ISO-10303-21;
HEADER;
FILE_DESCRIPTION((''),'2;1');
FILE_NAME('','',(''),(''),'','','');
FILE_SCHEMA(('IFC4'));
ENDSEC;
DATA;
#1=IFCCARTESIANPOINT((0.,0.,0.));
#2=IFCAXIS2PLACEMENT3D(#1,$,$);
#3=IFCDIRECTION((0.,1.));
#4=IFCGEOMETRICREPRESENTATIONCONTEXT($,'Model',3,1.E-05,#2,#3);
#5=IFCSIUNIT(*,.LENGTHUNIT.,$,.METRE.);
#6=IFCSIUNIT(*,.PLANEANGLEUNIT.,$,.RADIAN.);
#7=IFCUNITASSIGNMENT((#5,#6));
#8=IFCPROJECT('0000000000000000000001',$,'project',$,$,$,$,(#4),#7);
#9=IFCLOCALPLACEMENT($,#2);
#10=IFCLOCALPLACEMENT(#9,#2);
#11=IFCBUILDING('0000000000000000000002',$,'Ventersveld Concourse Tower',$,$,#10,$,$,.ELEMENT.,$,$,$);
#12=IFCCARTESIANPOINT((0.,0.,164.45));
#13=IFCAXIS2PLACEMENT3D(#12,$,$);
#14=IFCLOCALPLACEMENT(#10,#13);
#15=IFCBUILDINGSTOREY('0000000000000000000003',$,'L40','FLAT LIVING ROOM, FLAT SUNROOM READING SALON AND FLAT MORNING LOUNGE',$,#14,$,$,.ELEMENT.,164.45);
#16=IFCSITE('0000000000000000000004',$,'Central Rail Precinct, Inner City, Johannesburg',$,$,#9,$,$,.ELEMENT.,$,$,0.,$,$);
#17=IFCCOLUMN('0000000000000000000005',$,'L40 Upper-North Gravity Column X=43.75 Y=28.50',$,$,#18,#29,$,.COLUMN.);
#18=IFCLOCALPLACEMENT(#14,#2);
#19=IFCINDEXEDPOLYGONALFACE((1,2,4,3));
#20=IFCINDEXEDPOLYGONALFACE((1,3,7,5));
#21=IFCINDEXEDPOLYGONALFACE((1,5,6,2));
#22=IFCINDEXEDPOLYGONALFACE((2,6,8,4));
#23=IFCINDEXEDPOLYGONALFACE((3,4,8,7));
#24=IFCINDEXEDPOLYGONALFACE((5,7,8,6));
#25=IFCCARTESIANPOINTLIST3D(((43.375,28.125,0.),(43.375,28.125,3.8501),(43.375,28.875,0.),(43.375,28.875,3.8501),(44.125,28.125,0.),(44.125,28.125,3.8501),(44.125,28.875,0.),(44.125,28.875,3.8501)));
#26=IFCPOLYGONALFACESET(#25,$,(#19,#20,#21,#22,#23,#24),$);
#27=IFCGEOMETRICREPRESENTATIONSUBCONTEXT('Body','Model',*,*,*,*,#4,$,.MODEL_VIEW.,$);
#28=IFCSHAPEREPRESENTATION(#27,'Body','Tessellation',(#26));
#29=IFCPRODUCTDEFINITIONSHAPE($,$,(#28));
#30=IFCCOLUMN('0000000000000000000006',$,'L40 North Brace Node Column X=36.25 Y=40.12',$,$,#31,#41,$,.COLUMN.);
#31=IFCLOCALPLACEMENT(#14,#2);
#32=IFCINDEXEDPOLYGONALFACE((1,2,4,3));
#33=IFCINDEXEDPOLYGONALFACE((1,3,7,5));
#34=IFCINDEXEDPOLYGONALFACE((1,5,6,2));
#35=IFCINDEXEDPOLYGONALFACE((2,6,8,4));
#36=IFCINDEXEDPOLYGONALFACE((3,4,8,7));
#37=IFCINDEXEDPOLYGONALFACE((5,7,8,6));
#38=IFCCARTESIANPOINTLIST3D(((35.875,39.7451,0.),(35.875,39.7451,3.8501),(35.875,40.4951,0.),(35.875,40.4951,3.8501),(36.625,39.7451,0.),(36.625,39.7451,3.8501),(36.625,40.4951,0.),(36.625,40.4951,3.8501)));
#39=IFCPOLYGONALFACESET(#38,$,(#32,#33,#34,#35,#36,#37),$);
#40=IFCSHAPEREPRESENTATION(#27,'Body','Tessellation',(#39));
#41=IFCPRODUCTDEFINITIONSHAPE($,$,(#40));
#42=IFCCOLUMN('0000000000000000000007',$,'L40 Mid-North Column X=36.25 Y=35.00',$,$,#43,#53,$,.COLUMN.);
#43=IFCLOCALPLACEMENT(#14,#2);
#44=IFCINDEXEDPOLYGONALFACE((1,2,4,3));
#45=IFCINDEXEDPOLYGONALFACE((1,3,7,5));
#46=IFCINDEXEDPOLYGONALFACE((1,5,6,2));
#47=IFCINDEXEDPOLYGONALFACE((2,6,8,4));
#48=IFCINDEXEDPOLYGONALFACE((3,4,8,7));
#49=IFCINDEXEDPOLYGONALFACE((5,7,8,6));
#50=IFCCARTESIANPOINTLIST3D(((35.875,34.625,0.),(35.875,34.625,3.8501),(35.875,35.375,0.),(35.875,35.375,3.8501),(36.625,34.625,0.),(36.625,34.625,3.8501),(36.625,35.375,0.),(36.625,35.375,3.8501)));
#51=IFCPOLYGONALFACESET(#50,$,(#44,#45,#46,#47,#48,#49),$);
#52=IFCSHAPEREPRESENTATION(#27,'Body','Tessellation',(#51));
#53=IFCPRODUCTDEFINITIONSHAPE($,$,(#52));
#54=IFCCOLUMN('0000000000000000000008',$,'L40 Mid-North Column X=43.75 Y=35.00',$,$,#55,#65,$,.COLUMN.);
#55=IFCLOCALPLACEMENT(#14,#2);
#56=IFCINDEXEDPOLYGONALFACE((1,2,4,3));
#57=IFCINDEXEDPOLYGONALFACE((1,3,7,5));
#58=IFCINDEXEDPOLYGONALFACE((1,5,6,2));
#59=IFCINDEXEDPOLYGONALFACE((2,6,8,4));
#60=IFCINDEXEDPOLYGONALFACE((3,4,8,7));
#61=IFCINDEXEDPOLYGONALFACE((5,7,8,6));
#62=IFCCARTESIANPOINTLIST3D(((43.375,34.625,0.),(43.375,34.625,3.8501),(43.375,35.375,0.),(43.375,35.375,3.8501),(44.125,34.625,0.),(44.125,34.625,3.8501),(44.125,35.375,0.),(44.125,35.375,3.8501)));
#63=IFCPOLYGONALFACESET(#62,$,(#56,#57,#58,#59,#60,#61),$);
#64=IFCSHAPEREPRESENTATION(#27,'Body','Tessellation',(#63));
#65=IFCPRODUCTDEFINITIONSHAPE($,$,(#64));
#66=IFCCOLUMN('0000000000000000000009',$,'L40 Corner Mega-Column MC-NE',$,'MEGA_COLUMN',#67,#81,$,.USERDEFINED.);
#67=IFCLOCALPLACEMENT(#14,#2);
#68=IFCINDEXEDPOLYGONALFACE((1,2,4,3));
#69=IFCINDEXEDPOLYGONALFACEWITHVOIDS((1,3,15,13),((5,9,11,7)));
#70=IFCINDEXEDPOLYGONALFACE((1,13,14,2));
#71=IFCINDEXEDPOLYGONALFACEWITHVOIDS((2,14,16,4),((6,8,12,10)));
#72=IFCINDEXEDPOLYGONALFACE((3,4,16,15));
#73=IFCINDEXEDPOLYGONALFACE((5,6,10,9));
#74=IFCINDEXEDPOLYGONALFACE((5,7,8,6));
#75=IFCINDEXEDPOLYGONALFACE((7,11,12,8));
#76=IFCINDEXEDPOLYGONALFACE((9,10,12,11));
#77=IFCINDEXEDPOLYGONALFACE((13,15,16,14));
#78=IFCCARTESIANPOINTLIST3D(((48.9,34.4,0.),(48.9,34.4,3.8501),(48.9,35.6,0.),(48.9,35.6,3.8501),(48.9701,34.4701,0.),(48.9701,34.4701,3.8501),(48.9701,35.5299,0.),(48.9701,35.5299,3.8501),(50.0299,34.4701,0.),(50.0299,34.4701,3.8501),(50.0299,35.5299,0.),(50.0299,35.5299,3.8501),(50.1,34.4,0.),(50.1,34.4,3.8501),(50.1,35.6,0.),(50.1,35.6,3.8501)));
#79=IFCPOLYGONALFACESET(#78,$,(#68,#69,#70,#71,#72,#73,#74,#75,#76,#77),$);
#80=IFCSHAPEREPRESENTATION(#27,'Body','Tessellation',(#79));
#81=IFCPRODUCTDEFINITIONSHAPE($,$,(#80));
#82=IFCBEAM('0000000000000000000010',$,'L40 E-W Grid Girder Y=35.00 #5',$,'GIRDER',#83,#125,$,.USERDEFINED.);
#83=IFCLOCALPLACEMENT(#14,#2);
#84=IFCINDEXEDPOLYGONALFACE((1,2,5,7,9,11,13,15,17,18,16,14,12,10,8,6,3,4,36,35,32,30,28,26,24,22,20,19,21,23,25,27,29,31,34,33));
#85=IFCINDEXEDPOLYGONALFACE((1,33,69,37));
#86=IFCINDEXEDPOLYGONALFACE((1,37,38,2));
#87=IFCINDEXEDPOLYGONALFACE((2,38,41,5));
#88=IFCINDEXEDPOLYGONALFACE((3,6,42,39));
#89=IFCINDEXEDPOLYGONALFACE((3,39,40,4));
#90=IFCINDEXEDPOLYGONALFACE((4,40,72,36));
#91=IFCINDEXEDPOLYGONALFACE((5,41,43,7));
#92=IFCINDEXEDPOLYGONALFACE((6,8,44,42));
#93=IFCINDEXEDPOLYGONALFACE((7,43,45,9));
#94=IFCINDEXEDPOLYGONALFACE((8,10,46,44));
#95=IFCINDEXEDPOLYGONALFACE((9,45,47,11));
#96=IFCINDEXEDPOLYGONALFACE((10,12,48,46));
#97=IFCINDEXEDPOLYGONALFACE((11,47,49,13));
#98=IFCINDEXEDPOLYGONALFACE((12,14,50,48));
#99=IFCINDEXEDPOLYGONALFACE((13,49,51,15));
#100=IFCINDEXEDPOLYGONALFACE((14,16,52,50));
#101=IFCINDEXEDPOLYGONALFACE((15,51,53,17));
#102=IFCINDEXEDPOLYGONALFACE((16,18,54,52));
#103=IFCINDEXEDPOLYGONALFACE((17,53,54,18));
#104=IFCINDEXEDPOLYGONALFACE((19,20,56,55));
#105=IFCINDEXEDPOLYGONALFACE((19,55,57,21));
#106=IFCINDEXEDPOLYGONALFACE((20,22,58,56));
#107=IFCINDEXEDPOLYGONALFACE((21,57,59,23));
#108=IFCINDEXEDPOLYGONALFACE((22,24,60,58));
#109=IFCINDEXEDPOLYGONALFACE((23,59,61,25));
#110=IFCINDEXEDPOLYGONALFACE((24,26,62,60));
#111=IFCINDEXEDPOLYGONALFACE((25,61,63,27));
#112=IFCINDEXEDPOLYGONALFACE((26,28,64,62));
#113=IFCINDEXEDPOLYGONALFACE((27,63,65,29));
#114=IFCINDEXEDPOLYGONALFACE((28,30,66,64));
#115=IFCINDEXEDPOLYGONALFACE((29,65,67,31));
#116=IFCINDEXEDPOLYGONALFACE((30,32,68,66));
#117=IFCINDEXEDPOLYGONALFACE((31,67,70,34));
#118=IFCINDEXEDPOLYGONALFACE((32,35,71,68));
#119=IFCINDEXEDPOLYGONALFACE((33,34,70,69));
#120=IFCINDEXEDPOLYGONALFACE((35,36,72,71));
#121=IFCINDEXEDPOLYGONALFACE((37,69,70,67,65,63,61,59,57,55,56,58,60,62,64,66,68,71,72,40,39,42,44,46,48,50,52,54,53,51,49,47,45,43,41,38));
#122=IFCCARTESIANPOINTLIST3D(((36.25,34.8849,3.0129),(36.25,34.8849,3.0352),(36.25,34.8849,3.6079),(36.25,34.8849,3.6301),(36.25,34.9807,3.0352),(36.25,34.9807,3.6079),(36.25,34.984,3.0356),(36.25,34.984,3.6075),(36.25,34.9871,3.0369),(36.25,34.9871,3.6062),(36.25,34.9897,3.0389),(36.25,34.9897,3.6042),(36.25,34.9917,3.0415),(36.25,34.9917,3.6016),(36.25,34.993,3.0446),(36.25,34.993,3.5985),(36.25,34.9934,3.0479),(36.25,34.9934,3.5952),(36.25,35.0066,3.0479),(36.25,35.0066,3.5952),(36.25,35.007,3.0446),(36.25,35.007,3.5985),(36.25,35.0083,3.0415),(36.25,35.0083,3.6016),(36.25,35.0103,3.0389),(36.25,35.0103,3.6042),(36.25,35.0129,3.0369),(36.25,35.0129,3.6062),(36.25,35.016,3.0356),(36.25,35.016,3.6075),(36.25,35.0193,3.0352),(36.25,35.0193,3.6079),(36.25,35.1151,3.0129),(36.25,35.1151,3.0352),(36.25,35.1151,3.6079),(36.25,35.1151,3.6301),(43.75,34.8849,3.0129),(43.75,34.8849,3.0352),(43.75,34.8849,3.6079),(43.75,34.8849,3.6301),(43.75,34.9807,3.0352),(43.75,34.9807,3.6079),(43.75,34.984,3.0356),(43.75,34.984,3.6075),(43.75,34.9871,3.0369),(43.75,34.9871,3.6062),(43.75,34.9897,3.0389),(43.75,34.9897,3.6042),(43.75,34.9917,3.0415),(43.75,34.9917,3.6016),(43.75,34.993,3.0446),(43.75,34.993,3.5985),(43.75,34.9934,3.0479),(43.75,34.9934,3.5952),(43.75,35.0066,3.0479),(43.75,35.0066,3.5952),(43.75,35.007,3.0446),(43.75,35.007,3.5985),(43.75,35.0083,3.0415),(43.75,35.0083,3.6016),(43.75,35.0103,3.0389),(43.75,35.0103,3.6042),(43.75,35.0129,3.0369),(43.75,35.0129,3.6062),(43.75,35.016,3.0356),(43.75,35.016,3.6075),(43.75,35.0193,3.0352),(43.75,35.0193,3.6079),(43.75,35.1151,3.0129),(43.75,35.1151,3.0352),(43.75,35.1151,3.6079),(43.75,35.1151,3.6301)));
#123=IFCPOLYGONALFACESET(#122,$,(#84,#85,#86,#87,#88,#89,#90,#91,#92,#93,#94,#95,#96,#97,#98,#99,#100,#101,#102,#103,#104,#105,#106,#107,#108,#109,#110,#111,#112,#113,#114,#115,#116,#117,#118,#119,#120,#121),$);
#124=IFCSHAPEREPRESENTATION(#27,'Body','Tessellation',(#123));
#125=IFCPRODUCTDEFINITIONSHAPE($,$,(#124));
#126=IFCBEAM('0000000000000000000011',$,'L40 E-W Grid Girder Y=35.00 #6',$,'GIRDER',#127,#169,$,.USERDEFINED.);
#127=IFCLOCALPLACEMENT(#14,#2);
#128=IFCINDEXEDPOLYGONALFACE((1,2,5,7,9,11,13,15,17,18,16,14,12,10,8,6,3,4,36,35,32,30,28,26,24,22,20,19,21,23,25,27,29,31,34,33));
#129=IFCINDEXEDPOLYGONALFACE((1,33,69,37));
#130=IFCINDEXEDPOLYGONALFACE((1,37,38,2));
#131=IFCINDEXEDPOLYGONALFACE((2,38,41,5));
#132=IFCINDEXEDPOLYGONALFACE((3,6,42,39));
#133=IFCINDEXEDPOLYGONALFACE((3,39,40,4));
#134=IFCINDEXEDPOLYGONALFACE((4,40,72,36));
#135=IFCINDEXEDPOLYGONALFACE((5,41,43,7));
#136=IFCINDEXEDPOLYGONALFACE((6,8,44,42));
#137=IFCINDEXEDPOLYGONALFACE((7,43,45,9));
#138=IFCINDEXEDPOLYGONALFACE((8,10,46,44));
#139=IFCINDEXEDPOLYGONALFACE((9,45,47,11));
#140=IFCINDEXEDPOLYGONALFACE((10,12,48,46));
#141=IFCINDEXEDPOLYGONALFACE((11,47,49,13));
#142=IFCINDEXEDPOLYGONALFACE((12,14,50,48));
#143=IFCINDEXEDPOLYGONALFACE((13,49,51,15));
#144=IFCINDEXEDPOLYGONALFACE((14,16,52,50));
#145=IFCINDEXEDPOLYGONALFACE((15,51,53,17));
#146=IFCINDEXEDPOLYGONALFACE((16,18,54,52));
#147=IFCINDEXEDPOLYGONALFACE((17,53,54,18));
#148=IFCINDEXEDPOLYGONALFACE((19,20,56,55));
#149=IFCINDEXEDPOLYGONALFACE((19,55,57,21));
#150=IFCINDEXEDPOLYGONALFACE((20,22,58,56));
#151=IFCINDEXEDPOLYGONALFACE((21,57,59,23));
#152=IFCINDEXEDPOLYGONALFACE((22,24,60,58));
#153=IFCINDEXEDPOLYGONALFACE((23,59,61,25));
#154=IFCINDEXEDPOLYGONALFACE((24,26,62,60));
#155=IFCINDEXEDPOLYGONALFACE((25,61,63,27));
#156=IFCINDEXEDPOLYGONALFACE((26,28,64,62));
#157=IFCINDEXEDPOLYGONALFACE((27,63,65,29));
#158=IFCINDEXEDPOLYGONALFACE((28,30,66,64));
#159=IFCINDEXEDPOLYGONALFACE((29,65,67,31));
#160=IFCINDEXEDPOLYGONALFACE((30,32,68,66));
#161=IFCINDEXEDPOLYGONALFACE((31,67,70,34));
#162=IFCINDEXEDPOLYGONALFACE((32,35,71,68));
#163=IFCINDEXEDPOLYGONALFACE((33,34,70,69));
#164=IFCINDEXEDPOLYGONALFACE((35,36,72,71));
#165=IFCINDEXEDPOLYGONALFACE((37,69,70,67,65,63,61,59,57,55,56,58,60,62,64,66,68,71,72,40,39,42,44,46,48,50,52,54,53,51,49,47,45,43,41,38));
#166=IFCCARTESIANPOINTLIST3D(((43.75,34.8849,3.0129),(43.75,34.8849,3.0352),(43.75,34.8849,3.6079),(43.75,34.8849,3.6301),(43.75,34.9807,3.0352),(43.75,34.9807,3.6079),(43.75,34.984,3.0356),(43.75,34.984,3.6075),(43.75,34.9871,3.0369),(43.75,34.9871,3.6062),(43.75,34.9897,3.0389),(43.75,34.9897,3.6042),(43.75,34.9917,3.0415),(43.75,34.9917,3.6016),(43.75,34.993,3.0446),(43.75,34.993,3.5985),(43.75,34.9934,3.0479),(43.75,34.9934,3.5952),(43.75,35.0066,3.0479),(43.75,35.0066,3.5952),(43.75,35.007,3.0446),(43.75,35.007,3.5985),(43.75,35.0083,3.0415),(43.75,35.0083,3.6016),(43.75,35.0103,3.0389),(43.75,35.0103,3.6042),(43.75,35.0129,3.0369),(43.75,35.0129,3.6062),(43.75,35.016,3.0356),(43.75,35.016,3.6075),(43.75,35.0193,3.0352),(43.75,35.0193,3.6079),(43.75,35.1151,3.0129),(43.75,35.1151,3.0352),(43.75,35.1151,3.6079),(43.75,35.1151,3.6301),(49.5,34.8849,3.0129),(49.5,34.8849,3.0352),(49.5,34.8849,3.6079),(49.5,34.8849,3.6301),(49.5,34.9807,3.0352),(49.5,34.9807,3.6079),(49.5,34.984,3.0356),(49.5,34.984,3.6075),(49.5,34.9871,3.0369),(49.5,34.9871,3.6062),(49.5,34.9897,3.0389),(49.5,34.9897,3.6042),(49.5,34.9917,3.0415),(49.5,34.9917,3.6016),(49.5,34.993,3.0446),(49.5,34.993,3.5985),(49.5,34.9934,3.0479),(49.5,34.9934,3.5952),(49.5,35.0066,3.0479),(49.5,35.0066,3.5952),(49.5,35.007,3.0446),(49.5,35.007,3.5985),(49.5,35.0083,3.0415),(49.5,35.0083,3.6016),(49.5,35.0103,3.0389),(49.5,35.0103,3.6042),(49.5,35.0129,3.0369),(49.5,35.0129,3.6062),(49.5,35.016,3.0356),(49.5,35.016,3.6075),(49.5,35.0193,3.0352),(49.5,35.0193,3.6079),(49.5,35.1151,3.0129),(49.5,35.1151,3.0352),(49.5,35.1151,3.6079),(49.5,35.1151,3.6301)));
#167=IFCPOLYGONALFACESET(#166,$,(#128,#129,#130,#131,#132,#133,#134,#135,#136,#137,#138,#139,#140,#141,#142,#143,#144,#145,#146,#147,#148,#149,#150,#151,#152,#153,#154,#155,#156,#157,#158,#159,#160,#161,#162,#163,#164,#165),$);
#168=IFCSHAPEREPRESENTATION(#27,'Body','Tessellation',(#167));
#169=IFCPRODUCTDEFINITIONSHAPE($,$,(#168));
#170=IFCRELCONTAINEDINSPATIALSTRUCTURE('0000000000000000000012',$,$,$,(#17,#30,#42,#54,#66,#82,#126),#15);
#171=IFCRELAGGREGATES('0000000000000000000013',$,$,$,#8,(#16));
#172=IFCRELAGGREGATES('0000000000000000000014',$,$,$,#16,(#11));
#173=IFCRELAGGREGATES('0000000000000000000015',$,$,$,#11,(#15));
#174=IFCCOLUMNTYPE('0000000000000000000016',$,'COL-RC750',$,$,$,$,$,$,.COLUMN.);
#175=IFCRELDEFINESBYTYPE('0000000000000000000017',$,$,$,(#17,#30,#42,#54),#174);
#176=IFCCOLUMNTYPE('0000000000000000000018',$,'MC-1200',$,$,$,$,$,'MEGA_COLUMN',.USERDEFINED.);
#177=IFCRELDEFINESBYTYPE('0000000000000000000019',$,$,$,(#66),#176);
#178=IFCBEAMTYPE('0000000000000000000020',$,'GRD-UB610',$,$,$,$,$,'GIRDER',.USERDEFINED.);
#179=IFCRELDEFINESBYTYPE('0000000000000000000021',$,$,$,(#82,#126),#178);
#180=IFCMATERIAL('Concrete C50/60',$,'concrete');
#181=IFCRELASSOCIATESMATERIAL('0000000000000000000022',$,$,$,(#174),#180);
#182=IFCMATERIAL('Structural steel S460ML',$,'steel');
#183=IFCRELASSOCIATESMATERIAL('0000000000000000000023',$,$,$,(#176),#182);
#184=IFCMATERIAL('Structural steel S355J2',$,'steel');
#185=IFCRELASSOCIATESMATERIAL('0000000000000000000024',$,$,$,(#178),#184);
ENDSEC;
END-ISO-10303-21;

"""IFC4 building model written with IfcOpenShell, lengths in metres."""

from ifc_helpers import new_model, si_unit, direction, frame, origin, origin_2d, place, context, subcontext, project, spatial, rectangle, hollow_rectangle, i_section, extrude, material, material_profile, profile_set, type_object, element, save


model = new_model("IFC4")

# Units and contexts
model_context = context("Model", 3, precision=1e-05, world=origin(), true_north=direction((0.0, 1.0)))
body_context = subcontext(model_context, "Body", "Model", "MODEL_VIEW")
ifc_project = project(units=[si_unit("LENGTHUNIT", "METRE"), si_unit("PLANEANGLEUNIT", "RADIAN")], contexts=[model_context])

# Site, building, storey
site_placement = place(None, origin())
site = spatial("IfcSite", under=ifc_project, at=site_placement, Name="Central Rail Precinct, Inner City, Johannesburg", CompositionType="ELEMENT", RefElevation=0.0)
building_placement = place(site_placement, origin())
building = spatial("IfcBuilding", under=site, at=building_placement, Name="Ventersveld Concourse Tower", CompositionType="ELEMENT")
storey_placement = place(building_placement, frame((0.0, 0.0, 164.45)))
storey = spatial("IfcBuildingStorey", under=building, at=storey_placement, Name="L40", Description="FLAT LIVING ROOM, FLAT SUNROOM READING SALON AND FLAT MORNING LOUNGE", CompositionType="ELEMENT", Elevation=164.45)

# Columns
ifc_material_1 = material(Name="Concrete C50/60", Category="concrete")
ifc_material_profile_1 = material_profile(ifc_material_1, rectangle(XDim=0.75, YDim=0.75, at=origin_2d()), Name="RC 750x750")
ifc_profile_set_1 = profile_set([ifc_material_profile_1], Name="Concrete C50/60")
column_type_1 = type_object("IfcColumnType", Name="COL-RC750", PredefinedType="COLUMN", material=ifc_profile_set_1)
for number, where, z_axis, x_axis, name in (
    (1, (43.75, 28.5, 0.0), (0.0, 0.0, 1.0), (1.0, 0.0, 0.0), "L40 Upper-North Gravity Column X=43.75 Y=28.50"),
    (2, (36.25, 40.1201, 0.0), (0.0, 0.0, 1.0), (1.0, 0.0, 0.0), "L40 North Brace Node Column X=36.25 Y=40.12"),
    (3, (36.25, 35.0, 0.0), (0.0, 0.0, 1.0), (1.0, 0.0, 0.0), "L40 Mid-North Column X=36.25 Y=35.00"),
    (4, (43.75, 35.0, 0.0), (0.0, 0.0, 1.0), (1.0, 0.0, 0.0), "L40 Mid-North Column X=43.75 Y=35.00"),
):
    element("IfcColumn", number, at=place(storey_placement, frame(where, z_axis=z_axis, x_axis=x_axis)), inside=storey, type_object=column_type_1, Name=name, PredefinedType="COLUMN", context=body_context, shape_type="SweptSolid", body=[
        extrude(rectangle(XDim=0.75, YDim=0.75, at=origin_2d()), origin(), (0.0, 0.0, 1.0), 3.8501),
    ])
ifc_material_2 = material(Name="Structural steel S460ML", Category="steel")
ifc_material_profile_2 = material_profile(ifc_material_2, hollow_rectangle(XDim=1.2, YDim=1.2, WallThickness=0.0701, at=origin_2d()), Name="BOX 1200x1200x70")
ifc_profile_set_2 = profile_set([ifc_material_profile_2], Name="Structural steel S460ML")
column_type_2 = type_object("IfcColumnType", Name="MC-1200", ElementType="MEGA_COLUMN", PredefinedType="USERDEFINED", material=ifc_profile_set_2)
column_placement = place(storey_placement, frame((49.5, 35.0, 0.0), z_axis=(0.0, 0.0, 1.0), x_axis=(1.0, 0.0, 0.0)))
element("IfcColumn", 5, at=column_placement, inside=storey, type_object=column_type_2, Name="L40 Corner Mega-Column MC-NE", ObjectType="MEGA_COLUMN", PredefinedType="USERDEFINED", context=body_context, shape_type="SweptSolid", body=[
    extrude(hollow_rectangle(XDim=1.2, YDim=1.2, WallThickness=0.0701, at=origin_2d()), origin(), (0.0, 0.0, 1.0), 3.8501),
])

# Beams
ifc_material_3 = material(Name="Structural steel S355J2", Category="steel")
ifc_material_profile_3 = material_profile(ifc_material_3, i_section(OverallWidth=0.2302, OverallDepth=0.6172, WebThickness=0.0132, FlangeThickness=0.0222, FilletRadius=0.0127, at=origin_2d()), Name="UB 610x229x140")
ifc_profile_set_3 = profile_set([ifc_material_profile_3], Name="Structural steel S355J2")
beam_type = type_object("IfcBeamType", Name="GRD-UB610", ElementType="GIRDER", PredefinedType="USERDEFINED", material=ifc_profile_set_3)
beam_1_placement = place(storey_placement, frame((36.25, 35.0, 3.3215), z_axis=(1.0, 0.0, 0.0), x_axis=(0.0, 1.0, 0.0)))
element("IfcBeam", 6, at=beam_1_placement, inside=storey, type_object=beam_type, Name="L40 E-W Grid Girder Y=35.00 #5", ObjectType="GIRDER", PredefinedType="USERDEFINED", context=body_context, shape_type="SweptSolid", body=[
    extrude(i_section(OverallWidth=0.2302, OverallDepth=0.6172, WebThickness=0.0132, FlangeThickness=0.0222, FilletRadius=0.0127, at=origin_2d()), origin(), (0.0, 0.0, 1.0), 7.5),
])
beam_2_placement = place(storey_placement, frame((43.75, 35.0, 3.3215), z_axis=(1.0, 0.0, 0.0), x_axis=(0.0, 1.0, 0.0)))
element("IfcBeam", 7, at=beam_2_placement, inside=storey, type_object=beam_type, Name="L40 E-W Grid Girder Y=35.00 #6", ObjectType="GIRDER", PredefinedType="USERDEFINED", context=body_context, shape_type="SweptSolid", body=[
    extrude(i_section(OverallWidth=0.2302, OverallDepth=0.6172, WebThickness=0.0132, FlangeThickness=0.0222, FilletRadius=0.0127, at=origin_2d()), origin(), (0.0, 0.0, 1.0), 5.75),
])

save(model, "model.ifc")
